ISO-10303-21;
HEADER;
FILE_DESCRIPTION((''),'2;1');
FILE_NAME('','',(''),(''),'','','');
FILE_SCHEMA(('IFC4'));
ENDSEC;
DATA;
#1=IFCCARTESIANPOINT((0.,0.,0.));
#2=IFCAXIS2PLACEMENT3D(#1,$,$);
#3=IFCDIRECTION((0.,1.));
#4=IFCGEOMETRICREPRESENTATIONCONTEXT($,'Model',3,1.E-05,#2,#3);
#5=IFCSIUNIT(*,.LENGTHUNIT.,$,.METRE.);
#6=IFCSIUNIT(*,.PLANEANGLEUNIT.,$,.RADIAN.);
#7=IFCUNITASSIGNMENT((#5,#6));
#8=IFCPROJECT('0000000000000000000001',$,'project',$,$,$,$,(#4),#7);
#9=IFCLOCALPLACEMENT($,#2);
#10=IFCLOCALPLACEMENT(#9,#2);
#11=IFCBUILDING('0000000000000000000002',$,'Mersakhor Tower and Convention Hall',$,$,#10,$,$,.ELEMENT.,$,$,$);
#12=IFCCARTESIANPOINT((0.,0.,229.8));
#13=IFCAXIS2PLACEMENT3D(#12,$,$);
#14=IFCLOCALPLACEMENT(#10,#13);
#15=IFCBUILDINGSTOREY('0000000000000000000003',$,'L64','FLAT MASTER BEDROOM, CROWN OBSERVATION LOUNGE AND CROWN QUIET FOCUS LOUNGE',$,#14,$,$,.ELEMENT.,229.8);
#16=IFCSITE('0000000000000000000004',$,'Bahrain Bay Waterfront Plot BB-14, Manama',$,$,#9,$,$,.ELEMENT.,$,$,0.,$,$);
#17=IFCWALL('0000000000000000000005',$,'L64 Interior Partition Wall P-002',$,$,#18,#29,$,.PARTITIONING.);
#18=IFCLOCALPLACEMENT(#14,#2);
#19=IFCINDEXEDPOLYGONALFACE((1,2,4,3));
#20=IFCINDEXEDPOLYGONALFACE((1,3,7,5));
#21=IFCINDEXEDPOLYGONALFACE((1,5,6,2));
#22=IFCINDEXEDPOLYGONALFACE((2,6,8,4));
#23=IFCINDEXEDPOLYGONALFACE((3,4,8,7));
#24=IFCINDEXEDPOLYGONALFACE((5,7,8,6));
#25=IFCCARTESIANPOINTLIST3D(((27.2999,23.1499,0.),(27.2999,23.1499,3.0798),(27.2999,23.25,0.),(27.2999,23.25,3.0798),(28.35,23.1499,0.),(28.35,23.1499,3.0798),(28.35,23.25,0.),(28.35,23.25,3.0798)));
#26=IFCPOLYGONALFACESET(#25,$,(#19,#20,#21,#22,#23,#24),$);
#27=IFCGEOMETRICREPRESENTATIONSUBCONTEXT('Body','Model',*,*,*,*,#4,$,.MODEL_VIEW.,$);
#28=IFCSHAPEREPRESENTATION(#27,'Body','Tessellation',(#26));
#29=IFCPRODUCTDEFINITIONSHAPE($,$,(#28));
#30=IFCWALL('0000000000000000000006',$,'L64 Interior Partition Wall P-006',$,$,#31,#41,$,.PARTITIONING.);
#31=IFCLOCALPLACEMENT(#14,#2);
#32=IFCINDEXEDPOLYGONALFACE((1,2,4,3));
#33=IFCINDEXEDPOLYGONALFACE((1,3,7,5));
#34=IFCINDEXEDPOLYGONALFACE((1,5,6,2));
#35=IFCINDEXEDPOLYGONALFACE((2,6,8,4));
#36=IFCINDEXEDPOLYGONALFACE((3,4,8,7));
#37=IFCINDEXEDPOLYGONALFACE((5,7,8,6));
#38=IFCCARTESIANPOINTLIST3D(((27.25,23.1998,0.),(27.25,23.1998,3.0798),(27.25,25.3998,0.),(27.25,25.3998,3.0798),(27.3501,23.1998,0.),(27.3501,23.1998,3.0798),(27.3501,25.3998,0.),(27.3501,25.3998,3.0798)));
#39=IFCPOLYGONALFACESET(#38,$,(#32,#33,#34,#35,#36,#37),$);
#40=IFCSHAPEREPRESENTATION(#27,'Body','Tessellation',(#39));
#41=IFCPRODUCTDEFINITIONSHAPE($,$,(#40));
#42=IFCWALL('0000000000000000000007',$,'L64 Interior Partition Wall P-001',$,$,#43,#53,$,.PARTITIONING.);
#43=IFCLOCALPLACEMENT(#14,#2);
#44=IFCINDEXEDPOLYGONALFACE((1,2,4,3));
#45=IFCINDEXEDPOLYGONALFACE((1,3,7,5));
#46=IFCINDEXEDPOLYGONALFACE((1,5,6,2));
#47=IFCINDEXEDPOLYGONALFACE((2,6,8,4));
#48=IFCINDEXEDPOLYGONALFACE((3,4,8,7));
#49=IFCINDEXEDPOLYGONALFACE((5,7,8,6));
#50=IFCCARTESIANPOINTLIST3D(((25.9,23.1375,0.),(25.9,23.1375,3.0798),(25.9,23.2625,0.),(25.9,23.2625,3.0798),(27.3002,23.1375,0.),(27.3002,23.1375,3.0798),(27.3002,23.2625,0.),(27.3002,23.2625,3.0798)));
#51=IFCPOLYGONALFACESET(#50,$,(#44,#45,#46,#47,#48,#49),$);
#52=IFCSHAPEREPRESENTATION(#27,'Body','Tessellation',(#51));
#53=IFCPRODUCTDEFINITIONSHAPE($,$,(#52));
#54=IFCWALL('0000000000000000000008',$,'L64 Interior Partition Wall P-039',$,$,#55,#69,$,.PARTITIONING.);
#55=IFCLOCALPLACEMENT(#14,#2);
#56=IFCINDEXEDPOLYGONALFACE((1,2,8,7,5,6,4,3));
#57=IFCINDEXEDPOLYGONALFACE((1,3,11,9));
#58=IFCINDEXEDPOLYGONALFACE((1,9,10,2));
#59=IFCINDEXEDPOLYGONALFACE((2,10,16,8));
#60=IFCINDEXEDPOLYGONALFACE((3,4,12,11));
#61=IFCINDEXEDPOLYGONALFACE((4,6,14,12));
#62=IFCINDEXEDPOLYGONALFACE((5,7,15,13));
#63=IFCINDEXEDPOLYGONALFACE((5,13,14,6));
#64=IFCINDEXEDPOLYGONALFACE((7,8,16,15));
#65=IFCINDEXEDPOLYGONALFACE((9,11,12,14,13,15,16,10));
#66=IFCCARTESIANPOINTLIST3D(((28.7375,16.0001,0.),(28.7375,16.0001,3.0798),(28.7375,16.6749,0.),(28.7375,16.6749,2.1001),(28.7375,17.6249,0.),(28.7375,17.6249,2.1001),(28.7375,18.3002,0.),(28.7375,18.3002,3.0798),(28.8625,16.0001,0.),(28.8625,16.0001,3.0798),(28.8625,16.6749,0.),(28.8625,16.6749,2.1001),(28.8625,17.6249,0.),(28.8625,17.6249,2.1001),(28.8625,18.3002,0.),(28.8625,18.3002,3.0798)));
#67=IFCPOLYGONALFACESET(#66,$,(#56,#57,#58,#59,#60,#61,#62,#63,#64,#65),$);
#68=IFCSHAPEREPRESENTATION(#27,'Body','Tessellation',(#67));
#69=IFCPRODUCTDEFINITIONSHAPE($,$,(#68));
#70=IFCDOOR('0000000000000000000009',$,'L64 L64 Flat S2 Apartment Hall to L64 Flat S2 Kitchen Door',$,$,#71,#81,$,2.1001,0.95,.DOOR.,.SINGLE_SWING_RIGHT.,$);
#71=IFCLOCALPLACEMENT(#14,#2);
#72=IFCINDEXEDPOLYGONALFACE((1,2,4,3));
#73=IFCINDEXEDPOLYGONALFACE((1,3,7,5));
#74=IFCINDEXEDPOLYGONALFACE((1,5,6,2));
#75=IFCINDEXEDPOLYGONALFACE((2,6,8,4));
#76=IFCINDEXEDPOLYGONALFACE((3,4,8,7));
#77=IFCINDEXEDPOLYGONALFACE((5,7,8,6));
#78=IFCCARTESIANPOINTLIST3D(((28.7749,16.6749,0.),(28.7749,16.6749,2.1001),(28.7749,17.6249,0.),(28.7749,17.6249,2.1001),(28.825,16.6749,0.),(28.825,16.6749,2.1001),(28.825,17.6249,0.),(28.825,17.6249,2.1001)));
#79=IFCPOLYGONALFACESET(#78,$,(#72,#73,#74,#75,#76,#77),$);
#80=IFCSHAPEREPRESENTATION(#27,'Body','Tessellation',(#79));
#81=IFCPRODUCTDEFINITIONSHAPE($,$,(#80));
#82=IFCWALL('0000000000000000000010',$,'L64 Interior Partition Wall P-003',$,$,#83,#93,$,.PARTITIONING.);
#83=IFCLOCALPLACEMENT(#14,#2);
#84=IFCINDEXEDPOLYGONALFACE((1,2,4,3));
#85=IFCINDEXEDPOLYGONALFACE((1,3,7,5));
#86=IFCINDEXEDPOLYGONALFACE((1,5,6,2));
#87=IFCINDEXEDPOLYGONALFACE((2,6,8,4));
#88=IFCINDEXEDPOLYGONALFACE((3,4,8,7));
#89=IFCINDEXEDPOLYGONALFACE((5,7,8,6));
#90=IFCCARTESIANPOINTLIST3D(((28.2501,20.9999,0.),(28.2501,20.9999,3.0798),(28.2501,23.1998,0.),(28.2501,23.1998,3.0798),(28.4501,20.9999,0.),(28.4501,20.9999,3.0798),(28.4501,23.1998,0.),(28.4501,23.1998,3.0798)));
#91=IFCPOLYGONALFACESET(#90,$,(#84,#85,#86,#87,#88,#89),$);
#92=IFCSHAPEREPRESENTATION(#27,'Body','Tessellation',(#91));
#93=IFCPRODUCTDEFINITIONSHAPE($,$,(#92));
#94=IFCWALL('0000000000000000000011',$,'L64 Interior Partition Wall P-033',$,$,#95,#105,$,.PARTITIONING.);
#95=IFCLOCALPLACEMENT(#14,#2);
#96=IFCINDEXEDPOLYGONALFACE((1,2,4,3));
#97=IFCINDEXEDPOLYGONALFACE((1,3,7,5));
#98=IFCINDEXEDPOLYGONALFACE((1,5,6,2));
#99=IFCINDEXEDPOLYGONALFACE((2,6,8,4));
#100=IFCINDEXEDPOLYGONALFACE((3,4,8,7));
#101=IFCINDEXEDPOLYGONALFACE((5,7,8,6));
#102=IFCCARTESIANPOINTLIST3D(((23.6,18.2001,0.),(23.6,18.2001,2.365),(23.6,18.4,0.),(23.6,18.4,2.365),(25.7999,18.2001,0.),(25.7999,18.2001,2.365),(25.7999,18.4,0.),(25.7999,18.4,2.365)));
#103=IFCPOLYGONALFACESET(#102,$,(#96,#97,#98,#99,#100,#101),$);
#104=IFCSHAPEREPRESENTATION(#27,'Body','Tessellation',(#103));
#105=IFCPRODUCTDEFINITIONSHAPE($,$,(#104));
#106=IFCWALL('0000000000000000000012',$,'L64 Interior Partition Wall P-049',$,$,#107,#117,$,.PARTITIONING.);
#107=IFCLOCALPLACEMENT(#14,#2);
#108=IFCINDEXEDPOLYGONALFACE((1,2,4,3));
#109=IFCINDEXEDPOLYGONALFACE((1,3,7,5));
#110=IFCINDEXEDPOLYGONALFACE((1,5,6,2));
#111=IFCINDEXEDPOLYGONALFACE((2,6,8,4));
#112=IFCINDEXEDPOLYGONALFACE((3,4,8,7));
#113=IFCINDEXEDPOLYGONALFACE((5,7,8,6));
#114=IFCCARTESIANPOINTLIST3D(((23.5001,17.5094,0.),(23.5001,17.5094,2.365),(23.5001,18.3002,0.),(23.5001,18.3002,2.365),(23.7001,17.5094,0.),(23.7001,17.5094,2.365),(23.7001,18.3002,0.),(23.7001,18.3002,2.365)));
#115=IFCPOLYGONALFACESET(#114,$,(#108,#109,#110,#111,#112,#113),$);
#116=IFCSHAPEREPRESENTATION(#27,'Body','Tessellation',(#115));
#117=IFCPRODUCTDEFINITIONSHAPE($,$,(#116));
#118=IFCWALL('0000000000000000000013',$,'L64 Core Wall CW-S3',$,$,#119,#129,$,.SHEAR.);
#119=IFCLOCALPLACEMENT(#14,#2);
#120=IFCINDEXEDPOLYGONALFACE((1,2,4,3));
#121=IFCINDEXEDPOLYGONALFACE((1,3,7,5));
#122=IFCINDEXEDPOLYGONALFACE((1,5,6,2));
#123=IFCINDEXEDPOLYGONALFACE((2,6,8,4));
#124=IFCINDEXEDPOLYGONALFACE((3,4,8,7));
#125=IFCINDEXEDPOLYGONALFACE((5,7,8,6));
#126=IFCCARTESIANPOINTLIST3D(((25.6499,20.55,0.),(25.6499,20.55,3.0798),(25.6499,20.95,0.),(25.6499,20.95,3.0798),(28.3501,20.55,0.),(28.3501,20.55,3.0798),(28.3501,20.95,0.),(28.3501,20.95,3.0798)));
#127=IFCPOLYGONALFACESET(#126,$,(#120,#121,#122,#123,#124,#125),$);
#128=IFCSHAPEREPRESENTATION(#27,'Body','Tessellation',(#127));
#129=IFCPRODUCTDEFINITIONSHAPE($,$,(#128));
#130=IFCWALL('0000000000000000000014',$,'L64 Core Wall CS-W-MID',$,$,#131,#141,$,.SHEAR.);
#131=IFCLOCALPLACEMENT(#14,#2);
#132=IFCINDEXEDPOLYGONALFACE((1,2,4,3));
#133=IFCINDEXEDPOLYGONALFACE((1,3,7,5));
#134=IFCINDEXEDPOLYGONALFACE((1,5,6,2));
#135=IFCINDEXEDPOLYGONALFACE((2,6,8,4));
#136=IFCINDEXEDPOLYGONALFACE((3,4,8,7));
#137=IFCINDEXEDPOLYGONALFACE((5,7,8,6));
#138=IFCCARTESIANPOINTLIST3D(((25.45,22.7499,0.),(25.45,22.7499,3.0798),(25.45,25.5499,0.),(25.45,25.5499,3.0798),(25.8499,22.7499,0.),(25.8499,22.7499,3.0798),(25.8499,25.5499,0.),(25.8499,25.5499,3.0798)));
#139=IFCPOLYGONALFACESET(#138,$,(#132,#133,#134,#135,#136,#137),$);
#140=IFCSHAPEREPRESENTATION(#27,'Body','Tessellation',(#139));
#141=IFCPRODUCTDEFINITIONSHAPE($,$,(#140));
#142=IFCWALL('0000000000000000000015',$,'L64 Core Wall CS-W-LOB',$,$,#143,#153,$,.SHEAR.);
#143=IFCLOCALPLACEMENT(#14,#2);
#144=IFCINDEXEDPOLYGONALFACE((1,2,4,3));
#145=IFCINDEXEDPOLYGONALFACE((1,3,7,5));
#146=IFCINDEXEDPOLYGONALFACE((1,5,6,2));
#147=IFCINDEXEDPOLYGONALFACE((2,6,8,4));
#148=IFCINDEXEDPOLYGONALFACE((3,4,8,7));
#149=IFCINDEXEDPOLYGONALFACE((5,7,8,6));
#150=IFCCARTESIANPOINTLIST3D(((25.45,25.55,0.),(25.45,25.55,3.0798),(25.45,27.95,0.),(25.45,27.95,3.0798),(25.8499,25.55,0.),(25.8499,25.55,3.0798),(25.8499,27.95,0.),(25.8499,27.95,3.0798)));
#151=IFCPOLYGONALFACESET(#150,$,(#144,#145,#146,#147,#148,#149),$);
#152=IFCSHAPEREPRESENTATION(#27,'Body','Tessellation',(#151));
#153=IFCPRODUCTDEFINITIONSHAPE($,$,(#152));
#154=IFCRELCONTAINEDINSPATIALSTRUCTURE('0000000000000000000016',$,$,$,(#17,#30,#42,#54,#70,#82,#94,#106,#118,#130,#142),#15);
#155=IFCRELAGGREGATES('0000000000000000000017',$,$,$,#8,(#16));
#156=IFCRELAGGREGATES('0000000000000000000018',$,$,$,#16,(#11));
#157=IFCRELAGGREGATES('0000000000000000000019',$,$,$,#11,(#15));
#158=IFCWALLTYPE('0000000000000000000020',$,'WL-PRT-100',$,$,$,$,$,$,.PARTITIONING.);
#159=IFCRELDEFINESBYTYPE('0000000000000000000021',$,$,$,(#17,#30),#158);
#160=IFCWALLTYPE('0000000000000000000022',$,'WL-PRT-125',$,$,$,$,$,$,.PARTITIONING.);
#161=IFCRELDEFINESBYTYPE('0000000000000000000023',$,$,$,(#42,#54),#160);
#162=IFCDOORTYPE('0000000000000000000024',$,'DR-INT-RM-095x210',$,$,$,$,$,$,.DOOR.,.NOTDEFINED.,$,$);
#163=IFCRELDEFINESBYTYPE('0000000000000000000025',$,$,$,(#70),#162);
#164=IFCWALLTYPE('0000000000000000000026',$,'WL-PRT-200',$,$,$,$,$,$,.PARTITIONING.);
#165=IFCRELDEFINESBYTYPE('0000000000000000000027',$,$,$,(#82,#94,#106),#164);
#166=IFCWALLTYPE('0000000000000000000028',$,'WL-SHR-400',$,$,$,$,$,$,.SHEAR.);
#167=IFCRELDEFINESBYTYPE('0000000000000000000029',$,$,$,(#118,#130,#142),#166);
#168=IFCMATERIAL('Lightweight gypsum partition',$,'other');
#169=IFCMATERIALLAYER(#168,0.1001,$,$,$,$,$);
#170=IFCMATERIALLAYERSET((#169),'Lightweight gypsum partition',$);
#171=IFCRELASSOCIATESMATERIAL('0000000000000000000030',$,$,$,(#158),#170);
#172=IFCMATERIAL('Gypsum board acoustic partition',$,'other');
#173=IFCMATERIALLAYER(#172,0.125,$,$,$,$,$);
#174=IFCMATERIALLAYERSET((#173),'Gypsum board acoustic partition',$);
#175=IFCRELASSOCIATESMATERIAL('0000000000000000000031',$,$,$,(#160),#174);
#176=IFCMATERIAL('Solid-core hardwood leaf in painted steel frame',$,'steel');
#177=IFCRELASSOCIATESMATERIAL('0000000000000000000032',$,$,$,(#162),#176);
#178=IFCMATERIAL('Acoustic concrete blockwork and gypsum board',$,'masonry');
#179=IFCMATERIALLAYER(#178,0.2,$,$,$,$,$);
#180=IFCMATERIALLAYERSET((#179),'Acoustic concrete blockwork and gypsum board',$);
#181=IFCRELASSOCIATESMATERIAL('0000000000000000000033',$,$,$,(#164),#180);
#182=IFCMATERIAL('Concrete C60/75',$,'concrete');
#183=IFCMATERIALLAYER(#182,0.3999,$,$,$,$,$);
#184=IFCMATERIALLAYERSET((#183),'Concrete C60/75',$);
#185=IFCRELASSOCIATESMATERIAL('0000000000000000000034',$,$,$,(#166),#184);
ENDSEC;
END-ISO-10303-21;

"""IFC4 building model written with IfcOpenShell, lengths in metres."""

from ifc_helpers import new_model, si_unit, direction, frame, frame_2d, origin, place, context, subcontext, project, spatial, rectangle, extrude, material, layer, layer_set, type_object, element, fill, save


model = new_model("IFC4")

# Units and contexts
model_context = context("Model", 3, precision=1e-05, world=origin(), true_north=direction((0.0, 1.0)))
body_context = subcontext(model_context, "Body", "Model", "MODEL_VIEW")
ifc_project = project(units=[si_unit("LENGTHUNIT", "METRE"), si_unit("PLANEANGLEUNIT", "RADIAN")], contexts=[model_context])

# Site, building, storey
site_placement = place(None, origin())
site = spatial("IfcSite", under=ifc_project, at=site_placement, Name="Bahrain Bay Waterfront Plot BB-14, Manama", CompositionType="ELEMENT", RefElevation=0.0)
building_placement = place(site_placement, origin())
building = spatial("IfcBuilding", under=site, at=building_placement, Name="Mersakhor Tower and Convention Hall", CompositionType="ELEMENT")
storey_placement = place(building_placement, frame((0.0, 0.0, 229.8)))
storey = spatial("IfcBuildingStorey", under=building, at=storey_placement, Name="L64", Description="FLAT MASTER BEDROOM, CROWN OBSERVATION LOUNGE AND CROWN QUIET FOCUS LOUNGE", CompositionType="ELEMENT", Elevation=229.8)

# Walls
ifc_material_1 = material(Name="Lightweight gypsum partition", Category="other")
ifc_layer_1 = layer(ifc_material_1, 0.1001)
ifc_layer_set_1 = layer_set([ifc_layer_1], Name="Lightweight gypsum partition")
wall_type_1 = type_object("IfcWallType", Name="WL-PRT-100", PredefinedType="PARTITIONING", material=ifc_layer_set_1)
wall_1_placement = place(storey_placement, frame((27.3, 23.2, 0.0), z_axis=(0.0, 0.0, 1.0), x_axis=(1.0, 0.0, 0.0)))
element("IfcWall", 1, at=wall_1_placement, inside=storey, type_object=wall_type_1, Name="L64 Interior Partition Wall P-002", PredefinedType="PARTITIONING", context=body_context, shape_type="SweptSolid", body=[
    extrude(rectangle(XDim=1.05, YDim=0.1001, at=frame_2d((0.5249, 0.0))), origin(), (0.0, 0.0, 1.0), 3.0798),
])
wall_2_placement = place(storey_placement, frame((27.3, 25.3999, 0.0), z_axis=(0.0, 0.0, 1.0), x_axis=(0.0, -1.0, 0.0)))
element("IfcWall", 2, at=wall_2_placement, inside=storey, type_object=wall_type_1, Name="L64 Interior Partition Wall P-006", PredefinedType="PARTITIONING", context=body_context, shape_type="SweptSolid", body=[
    extrude(rectangle(XDim=2.2, YDim=0.1001, at=frame_2d((1.1001, 0.0))), origin(), (0.0, 0.0, 1.0), 3.0798),
])
ifc_material_2 = material(Name="Gypsum board acoustic partition", Category="other")
ifc_layer_2 = layer(ifc_material_2, 0.125)
ifc_layer_set_2 = layer_set([ifc_layer_2], Name="Gypsum board acoustic partition")
wall_type_2 = type_object("IfcWallType", Name="WL-PRT-125", PredefinedType="PARTITIONING", material=ifc_layer_set_2)
wall_3_placement = place(storey_placement, frame((25.8999, 23.2, 0.0), z_axis=(0.0, 0.0, 1.0), x_axis=(1.0, 0.0, 0.0)))
element("IfcWall", 3, at=wall_3_placement, inside=storey, type_object=wall_type_2, Name="L64 Interior Partition Wall P-001", PredefinedType="PARTITIONING", context=body_context, shape_type="SweptSolid", body=[
    extrude(rectangle(XDim=1.4001, YDim=0.125, at=frame_2d((0.7002, 0.0))), origin(), (0.0, 0.0, 1.0), 3.0798),
])

# Wall, opening, door
wall_4_placement = place(storey_placement, frame((28.8, 18.3, 0.0), z_axis=(0.0, 0.0, 1.0), x_axis=(0.0, -1.0, 0.0)))
wall_4 = element("IfcWall", 4, at=wall_4_placement, inside=storey, type_object=wall_type_2, Name="L64 Interior Partition Wall P-039", PredefinedType="PARTITIONING", context=body_context, shape_type="SweptSolid", body=[
    extrude(rectangle(XDim=2.3, YDim=0.125, at=frame_2d((1.1499, 0.0))), origin(), (0.0, 0.0, 1.0), 3.0798),
])
opening_1_placement = place(wall_4_placement, frame((0.675, 0.0, 0.0)))
opening_1 = element("IfcOpeningElement", 5, at=opening_1_placement, cuts=wall_4, PredefinedType="OPENING", context=body_context, shape_type="SweptSolid", body=[
    extrude(rectangle(XDim=0.95, YDim=2.1001, at=frame_2d((0.4751, 1.05))), frame((0.0, 0.0725, 0.0), z_axis=(0.0, -1.0, 0.0), x_axis=(1.0, 0.0, 0.0)), (0.0, 0.0, 1.0), 0.145),
])
ifc_material_3 = material(Name="Solid-core hardwood leaf in painted steel frame", Category="steel")
door_type_1 = type_object("IfcDoorType", Name="DR-INT-RM-095x210", OperationType="NOTDEFINED", PredefinedType="DOOR", material=ifc_material_3)
door_1_placement = place(opening_1_placement, origin())
door_1 = element("IfcDoor", 6, at=door_1_placement, inside=storey, type_object=door_type_1, Name="L64 L64 Flat S2 Apartment Hall to L64 Flat S2 Kitchen Door", OperationType="SINGLE_SWING_RIGHT", OverallHeight=2.1001, OverallWidth=0.95, PredefinedType="DOOR", context=body_context, shape_type="SweptSolid", body=[
    extrude(rectangle(XDim=0.95, YDim=2.1001, at=frame_2d((0.4751, 1.05))), frame((0.0, 0.0249, 0.0), z_axis=(0.0, -1.0, 0.0), x_axis=(1.0, 0.0, 0.0)), (0.0, 0.0, 1.0), 0.05),
])
fill(opening_1, door_1)

# Shared definitions
ifc_material_4 = material(Name="Acoustic concrete blockwork and gypsum board", Category="masonry")
ifc_layer_3 = layer(ifc_material_4, 0.2)
ifc_layer_set_3 = layer_set([ifc_layer_3], Name="Acoustic concrete blockwork and gypsum board")
wall_type_3 = type_object("IfcWallType", Name="WL-PRT-200", PredefinedType="PARTITIONING", material=ifc_layer_set_3)

# Wall
wall_5_placement = place(storey_placement, frame((28.3501, 23.2, 0.0), z_axis=(0.0, 0.0, 1.0), x_axis=(0.0, -1.0, 0.0)))
element("IfcWall", 7, at=wall_5_placement, inside=storey, type_object=wall_type_3, Name="L64 Interior Partition Wall P-003", PredefinedType="PARTITIONING", context=body_context, shape_type="SweptSolid", body=[
    extrude(rectangle(XDim=2.2, YDim=0.2, at=frame_2d((1.1001, 0.0))), origin(), (0.0, 0.0, 1.0), 3.0798),
])

# Wall
wall_6_placement = place(storey_placement, frame((25.8, 18.3, 0.0), z_axis=(0.0, 0.0, 1.0), x_axis=(-1.0, 0.0, 0.0)))
element("IfcWall", 8, at=wall_6_placement, inside=storey, type_object=wall_type_3, Name="L64 Interior Partition Wall P-033", PredefinedType="PARTITIONING", context=body_context, shape_type="SweptSolid", body=[
    extrude(rectangle(XDim=2.2, YDim=0.2, at=frame_2d((1.1001, 0.0))), origin(), (0.0, 0.0, 1.0), 2.365),
])

# Wall
wall_7_placement = place(storey_placement, frame((23.6001, 17.5093, 0.0), z_axis=(0.0, 0.0, 1.0), x_axis=(0.0, 1.0, 0.0)))
element("IfcWall", 9, at=wall_7_placement, inside=storey, type_object=wall_type_3, Name="L64 Interior Partition Wall P-049", PredefinedType="PARTITIONING", context=body_context, shape_type="SweptSolid", body=[
    extrude(rectangle(XDim=0.7908, YDim=0.2, at=frame_2d((0.3955, 0.0))), origin(), (0.0, 0.0, 1.0), 2.365),
])

# Wall
ifc_material_5 = material(Name="Concrete C60/75", Category="concrete")
ifc_layer_4 = layer(ifc_material_5, 0.3999)
ifc_layer_set_4 = layer_set([ifc_layer_4], Name="Concrete C60/75")
wall_type_4 = type_object("IfcWallType", Name="WL-SHR-400", PredefinedType="SHEAR", material=ifc_layer_set_4)
wall_8_placement = place(storey_placement, frame((28.3501, 20.75, 0.0), z_axis=(0.0, 0.0, 1.0), x_axis=(-1.0, 0.0, 0.0)))
element("IfcWall", 10, at=wall_8_placement, inside=storey, type_object=wall_type_4, Name="L64 Core Wall CW-S3", PredefinedType="SHEAR", context=body_context, shape_type="SweptSolid", body=[
    extrude(rectangle(XDim=2.7002, YDim=0.3999, at=frame_2d((1.3501, 0.0))), origin(), (0.0, 0.0, 1.0), 3.0798),
])

# Walls
wall_9_placement = place(storey_placement, frame((25.6499, 22.75, 0.0), z_axis=(0.0, 0.0, 1.0), x_axis=(0.0, 1.0, 0.0)))
element("IfcWall", 11, at=wall_9_placement, inside=storey, type_object=wall_type_4, Name="L64 Core Wall CS-W-MID", PredefinedType="SHEAR", context=body_context, shape_type="SweptSolid", body=[
    extrude(rectangle(XDim=2.8, YDim=0.3999, at=frame_2d((1.3999, 0.0))), origin(), (0.0, 0.0, 1.0), 3.0798),
])
wall_10_placement = place(storey_placement, frame((25.6499, 25.55, 0.0), z_axis=(0.0, 0.0, 1.0), x_axis=(0.0, 1.0, 0.0)))
element("IfcWall", 12, at=wall_10_placement, inside=storey, type_object=wall_type_4, Name="L64 Core Wall CS-W-LOB", PredefinedType="SHEAR", context=body_context, shape_type="SweptSolid", body=[
    extrude(rectangle(XDim=2.3999, YDim=0.3999, at=frame_2d((1.2, 0.0))), origin(), (0.0, 0.0, 1.0), 3.0798),
])

save(model, "model.ifc")
